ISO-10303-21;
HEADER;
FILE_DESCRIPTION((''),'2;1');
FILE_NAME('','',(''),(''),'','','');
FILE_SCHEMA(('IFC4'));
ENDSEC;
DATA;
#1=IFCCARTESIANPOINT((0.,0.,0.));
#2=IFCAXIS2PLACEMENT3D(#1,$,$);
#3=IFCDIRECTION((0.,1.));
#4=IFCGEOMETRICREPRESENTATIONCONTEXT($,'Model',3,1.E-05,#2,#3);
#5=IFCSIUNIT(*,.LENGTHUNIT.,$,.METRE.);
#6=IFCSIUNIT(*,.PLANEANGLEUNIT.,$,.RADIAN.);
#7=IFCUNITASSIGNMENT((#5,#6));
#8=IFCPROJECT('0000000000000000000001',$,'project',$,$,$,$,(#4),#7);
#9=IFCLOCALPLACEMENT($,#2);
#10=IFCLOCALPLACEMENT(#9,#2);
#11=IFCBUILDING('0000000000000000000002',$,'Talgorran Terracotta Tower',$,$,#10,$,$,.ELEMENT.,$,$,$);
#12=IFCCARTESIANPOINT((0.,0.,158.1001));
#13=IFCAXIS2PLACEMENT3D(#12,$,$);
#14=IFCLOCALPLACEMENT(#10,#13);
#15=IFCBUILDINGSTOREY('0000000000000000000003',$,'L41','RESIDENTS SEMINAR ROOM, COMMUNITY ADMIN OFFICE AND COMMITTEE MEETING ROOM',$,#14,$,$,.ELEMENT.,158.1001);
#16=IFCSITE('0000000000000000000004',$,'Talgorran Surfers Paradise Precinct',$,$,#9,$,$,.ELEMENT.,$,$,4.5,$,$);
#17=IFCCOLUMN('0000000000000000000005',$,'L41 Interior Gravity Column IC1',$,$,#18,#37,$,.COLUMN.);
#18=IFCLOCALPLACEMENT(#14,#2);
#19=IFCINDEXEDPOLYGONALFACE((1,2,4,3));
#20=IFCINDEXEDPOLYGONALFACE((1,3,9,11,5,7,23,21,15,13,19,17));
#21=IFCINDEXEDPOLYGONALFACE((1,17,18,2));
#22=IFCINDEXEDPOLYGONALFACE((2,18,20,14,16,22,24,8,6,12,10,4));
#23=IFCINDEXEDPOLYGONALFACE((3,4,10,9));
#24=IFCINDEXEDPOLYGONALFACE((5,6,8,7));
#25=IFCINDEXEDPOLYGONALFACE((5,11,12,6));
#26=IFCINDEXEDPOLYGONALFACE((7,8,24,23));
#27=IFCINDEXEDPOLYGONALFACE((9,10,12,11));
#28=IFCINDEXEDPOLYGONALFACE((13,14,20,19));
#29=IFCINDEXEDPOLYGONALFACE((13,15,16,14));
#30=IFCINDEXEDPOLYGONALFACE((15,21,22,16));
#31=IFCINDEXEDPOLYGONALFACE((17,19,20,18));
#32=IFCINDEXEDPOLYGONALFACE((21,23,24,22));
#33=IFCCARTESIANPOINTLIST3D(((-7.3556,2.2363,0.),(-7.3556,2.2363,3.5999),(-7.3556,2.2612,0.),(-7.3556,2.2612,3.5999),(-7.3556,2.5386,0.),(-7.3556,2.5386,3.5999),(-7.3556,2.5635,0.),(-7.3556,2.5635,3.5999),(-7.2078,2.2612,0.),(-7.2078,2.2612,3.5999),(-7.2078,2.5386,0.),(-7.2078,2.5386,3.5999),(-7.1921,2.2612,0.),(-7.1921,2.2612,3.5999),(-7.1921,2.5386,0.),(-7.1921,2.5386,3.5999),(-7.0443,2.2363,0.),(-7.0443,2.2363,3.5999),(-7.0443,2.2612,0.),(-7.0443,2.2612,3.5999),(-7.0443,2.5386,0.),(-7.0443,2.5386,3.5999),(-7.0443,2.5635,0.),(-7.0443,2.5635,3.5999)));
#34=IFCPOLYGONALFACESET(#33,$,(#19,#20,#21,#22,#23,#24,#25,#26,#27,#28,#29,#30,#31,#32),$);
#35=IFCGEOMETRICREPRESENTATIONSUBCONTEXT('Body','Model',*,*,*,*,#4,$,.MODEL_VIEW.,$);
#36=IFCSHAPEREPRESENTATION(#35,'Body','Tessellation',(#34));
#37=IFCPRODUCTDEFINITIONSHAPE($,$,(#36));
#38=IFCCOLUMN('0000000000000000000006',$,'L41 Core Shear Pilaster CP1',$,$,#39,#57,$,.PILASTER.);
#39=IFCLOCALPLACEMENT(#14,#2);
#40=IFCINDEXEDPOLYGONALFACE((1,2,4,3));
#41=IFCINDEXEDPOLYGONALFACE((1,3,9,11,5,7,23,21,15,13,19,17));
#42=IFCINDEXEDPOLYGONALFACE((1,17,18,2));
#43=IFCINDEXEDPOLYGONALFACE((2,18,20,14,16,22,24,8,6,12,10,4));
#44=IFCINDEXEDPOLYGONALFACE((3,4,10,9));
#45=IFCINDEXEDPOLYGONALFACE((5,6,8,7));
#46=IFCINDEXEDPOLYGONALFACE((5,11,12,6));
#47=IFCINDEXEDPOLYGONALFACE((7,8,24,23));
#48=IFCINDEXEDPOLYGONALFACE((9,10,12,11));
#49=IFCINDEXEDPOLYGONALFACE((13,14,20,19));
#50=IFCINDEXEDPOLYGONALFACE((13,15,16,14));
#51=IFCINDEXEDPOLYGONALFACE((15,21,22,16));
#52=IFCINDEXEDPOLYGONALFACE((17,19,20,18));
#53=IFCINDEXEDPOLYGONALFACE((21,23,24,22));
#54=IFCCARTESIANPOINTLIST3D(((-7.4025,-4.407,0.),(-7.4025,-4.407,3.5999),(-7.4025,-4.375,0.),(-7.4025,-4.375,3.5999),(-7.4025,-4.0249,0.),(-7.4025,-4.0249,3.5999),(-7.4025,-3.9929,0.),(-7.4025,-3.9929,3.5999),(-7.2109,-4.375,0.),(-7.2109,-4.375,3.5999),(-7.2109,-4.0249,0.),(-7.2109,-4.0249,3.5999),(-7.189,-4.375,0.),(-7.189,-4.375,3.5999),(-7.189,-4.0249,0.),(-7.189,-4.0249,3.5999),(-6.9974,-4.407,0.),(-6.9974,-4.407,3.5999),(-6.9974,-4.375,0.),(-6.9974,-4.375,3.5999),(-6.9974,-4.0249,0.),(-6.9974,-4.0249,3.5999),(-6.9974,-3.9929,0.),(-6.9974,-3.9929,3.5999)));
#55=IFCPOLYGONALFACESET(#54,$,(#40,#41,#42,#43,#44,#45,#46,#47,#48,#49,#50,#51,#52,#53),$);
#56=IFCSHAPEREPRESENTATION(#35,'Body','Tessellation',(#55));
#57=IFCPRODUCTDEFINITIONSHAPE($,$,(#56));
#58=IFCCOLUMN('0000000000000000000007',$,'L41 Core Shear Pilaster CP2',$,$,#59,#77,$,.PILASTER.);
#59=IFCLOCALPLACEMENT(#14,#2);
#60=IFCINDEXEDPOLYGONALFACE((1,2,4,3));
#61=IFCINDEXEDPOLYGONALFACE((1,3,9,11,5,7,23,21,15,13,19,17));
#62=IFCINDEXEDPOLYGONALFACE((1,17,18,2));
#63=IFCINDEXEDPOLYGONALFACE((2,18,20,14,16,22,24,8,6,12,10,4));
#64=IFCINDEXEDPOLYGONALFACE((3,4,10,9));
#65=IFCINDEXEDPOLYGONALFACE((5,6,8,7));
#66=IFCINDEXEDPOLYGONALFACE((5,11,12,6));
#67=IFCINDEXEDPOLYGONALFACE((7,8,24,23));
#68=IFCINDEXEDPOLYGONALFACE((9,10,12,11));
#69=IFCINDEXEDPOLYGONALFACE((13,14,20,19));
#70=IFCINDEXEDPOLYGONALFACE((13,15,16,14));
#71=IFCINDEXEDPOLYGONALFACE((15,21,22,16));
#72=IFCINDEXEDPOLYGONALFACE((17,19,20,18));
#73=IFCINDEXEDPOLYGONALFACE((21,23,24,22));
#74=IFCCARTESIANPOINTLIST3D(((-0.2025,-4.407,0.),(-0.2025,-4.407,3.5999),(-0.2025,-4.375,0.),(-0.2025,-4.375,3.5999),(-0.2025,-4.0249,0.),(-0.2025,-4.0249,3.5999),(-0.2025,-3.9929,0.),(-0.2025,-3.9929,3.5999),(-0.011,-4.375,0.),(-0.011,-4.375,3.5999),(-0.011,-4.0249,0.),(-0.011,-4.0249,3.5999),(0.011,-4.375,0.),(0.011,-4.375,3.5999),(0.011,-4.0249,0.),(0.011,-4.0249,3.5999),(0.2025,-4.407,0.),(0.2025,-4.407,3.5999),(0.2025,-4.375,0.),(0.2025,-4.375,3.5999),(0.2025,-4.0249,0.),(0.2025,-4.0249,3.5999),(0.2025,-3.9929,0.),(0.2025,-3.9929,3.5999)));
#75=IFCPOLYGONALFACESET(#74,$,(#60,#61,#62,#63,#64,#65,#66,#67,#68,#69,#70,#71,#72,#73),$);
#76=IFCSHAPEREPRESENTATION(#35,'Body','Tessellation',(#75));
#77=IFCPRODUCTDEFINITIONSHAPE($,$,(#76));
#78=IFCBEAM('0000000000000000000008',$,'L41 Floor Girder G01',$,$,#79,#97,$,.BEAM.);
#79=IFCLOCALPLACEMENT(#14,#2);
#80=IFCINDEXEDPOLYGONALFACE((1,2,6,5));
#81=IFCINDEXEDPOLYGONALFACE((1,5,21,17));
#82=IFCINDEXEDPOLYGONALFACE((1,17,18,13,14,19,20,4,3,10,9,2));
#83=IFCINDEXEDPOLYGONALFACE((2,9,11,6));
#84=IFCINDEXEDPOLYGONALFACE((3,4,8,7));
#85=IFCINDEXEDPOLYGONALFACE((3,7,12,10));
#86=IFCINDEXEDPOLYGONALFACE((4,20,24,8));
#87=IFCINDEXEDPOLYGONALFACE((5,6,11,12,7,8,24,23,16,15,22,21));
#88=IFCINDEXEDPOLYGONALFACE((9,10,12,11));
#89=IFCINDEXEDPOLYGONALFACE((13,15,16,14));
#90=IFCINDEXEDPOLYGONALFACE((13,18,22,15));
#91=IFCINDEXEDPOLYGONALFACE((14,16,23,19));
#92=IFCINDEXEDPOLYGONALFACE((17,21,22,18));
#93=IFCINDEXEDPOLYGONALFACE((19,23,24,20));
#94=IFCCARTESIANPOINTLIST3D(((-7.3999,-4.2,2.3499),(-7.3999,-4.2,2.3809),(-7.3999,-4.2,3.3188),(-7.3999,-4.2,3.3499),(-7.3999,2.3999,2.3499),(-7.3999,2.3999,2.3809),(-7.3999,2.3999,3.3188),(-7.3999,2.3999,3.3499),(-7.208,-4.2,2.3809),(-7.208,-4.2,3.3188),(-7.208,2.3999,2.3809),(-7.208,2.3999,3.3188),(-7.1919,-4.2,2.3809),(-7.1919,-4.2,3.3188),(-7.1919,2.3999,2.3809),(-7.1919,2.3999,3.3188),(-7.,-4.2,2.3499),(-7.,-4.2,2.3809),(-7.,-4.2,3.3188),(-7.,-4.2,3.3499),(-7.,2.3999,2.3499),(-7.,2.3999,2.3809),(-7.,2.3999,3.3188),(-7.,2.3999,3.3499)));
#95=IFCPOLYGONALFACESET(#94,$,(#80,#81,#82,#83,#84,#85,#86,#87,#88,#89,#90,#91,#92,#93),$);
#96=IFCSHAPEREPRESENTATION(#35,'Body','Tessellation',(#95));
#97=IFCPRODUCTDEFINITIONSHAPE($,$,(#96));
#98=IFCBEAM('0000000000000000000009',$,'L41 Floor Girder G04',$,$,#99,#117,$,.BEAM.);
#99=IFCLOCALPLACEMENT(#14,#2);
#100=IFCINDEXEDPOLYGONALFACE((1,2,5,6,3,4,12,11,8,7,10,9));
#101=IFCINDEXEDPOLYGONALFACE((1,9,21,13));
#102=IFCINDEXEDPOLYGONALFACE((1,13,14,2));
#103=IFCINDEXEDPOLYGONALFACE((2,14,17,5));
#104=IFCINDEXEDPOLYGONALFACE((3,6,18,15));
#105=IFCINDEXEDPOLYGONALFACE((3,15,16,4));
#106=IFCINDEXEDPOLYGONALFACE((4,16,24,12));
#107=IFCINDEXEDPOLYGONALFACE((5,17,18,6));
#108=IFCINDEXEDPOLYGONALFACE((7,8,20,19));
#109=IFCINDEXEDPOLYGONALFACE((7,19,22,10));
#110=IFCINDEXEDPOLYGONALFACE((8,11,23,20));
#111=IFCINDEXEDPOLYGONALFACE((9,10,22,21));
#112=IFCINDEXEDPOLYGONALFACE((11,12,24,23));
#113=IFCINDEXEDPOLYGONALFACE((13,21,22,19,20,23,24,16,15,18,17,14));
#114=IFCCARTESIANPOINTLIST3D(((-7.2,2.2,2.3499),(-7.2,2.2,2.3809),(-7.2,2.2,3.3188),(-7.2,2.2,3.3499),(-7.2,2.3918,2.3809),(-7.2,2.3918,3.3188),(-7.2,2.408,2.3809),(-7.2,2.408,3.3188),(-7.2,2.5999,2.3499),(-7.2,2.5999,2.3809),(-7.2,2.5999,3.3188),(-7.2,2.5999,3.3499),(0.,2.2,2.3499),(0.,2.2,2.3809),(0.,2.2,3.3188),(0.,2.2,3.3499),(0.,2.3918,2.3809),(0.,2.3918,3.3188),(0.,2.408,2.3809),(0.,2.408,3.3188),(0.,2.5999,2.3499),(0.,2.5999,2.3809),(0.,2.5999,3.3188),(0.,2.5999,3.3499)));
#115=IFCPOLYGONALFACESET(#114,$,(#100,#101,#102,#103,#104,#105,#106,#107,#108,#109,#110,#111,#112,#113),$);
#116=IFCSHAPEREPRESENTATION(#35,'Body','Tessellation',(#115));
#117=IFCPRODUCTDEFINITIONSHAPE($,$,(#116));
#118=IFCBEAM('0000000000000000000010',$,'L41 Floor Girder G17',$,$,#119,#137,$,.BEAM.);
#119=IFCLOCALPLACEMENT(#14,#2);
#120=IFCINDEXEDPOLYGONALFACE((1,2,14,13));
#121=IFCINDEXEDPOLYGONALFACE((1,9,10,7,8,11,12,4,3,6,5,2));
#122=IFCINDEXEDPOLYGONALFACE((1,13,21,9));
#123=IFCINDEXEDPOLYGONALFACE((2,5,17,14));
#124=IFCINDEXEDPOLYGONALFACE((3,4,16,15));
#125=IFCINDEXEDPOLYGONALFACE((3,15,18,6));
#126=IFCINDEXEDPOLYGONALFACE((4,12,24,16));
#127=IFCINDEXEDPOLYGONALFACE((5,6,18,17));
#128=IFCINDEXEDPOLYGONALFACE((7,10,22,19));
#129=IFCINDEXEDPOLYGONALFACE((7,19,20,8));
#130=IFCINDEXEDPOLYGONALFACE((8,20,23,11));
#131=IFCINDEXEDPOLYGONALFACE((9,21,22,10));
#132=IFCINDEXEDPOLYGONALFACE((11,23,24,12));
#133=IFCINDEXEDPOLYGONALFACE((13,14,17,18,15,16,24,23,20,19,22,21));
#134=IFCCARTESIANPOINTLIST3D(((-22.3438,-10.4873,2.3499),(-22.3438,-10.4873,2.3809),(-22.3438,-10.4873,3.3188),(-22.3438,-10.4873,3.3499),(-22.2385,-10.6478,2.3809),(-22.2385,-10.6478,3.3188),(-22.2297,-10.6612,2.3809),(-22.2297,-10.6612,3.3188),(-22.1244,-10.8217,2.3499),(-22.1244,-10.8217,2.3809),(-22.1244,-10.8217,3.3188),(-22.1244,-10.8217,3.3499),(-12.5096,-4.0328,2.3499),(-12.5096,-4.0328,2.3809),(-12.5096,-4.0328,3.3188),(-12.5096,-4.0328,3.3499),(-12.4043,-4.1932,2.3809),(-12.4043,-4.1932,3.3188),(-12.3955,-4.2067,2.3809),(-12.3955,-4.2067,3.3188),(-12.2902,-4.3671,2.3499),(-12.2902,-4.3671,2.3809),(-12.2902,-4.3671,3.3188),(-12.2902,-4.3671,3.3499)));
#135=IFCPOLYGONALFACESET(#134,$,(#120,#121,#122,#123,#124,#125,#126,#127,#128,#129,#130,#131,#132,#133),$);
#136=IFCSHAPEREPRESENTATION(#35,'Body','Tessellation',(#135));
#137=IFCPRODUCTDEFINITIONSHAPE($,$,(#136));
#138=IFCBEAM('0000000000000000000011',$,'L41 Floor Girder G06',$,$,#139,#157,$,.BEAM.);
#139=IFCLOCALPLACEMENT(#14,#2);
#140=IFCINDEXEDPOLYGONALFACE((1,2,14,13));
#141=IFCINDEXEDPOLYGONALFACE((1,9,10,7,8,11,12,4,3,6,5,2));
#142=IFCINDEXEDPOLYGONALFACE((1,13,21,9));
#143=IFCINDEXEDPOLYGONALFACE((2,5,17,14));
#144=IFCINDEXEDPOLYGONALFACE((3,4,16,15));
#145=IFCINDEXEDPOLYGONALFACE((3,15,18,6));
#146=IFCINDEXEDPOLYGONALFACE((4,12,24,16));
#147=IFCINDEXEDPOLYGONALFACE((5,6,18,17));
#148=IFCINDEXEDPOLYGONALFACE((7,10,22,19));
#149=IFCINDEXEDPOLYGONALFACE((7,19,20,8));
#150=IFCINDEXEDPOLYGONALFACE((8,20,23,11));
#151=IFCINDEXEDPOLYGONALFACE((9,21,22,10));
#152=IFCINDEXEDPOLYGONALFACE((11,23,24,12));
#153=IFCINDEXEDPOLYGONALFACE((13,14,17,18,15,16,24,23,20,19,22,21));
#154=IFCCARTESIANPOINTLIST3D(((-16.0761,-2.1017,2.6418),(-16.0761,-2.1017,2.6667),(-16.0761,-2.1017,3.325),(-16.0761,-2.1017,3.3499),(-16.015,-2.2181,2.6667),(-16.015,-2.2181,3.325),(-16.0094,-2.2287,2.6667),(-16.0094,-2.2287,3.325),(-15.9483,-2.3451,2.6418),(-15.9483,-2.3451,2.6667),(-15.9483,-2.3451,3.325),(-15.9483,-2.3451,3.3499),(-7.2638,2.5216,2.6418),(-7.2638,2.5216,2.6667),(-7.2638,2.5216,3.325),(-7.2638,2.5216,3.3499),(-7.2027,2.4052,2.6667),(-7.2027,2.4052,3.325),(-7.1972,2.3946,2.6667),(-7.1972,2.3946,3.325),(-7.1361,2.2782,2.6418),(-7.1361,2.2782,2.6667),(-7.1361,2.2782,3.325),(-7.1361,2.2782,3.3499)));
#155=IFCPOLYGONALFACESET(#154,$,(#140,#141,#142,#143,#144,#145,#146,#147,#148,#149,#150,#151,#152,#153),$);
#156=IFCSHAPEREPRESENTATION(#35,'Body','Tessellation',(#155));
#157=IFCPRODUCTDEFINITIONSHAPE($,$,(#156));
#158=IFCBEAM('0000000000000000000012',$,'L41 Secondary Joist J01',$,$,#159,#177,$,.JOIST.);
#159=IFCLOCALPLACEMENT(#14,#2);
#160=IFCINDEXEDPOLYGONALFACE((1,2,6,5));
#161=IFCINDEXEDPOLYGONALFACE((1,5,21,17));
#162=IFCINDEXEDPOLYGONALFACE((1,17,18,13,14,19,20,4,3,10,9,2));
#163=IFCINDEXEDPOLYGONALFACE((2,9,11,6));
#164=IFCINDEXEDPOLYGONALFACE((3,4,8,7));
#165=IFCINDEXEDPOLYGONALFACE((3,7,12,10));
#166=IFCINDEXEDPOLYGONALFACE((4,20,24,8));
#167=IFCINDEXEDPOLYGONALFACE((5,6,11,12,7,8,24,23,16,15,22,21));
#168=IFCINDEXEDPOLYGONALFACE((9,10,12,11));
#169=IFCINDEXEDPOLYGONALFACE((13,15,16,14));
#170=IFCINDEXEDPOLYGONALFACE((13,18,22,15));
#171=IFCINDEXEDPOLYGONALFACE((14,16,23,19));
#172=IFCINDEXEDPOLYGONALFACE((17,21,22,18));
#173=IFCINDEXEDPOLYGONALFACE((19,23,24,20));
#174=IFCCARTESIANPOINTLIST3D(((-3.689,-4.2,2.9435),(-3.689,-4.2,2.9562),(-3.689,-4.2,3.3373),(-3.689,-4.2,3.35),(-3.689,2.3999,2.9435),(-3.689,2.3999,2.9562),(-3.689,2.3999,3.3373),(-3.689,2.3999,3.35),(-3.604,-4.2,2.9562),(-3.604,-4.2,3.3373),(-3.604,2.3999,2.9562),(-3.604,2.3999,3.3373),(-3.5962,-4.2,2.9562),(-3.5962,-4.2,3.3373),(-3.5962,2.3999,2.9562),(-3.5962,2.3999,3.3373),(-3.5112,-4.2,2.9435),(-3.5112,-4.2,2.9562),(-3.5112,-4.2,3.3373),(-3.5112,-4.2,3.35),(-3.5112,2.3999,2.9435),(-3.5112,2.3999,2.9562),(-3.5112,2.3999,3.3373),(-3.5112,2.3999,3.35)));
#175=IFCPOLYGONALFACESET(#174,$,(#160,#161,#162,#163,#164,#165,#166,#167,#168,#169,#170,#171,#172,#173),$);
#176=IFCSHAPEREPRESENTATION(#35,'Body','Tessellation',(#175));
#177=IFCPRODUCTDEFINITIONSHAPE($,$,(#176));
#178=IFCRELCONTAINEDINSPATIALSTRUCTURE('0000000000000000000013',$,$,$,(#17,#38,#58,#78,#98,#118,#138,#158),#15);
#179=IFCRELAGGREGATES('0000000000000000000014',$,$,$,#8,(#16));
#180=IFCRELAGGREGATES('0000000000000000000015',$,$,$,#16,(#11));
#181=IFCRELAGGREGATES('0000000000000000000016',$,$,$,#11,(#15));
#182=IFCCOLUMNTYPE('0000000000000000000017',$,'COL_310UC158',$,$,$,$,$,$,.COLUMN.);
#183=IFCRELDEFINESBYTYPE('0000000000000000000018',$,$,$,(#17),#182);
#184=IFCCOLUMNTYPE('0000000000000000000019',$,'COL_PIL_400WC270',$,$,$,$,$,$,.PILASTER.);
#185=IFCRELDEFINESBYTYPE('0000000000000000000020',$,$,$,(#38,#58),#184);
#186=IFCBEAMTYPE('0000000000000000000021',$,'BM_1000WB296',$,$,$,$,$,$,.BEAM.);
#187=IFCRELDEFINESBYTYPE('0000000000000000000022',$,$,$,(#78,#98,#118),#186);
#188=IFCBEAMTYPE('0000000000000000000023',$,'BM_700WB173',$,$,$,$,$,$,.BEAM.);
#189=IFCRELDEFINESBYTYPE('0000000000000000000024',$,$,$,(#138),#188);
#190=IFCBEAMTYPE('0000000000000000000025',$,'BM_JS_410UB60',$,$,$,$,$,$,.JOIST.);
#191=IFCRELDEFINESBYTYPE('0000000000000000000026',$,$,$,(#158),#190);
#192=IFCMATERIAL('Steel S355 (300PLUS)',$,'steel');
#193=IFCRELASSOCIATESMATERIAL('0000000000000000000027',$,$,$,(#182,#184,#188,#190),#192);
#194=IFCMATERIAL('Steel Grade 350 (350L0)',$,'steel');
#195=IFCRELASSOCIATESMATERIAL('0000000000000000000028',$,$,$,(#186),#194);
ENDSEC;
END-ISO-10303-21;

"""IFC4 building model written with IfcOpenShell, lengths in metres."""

from ifc_helpers import new_model, si_unit, direction, frame, origin, origin_2d, place, context, subcontext, project, spatial, i_section, extrude, material, material_profile, profile_set, type_object, element, save


model = new_model("IFC4")

# Units and contexts
model_context = context("Model", 3, precision=1e-05, world=origin(), true_north=direction((0.0, 1.0)))
body_context = subcontext(model_context, "Body", "Model", "MODEL_VIEW")
ifc_project = project(units=[si_unit("LENGTHUNIT", "METRE"), si_unit("PLANEANGLEUNIT", "RADIAN")], contexts=[model_context])

# Site, building, storey
site_placement = place(None, origin())
site = spatial("IfcSite", under=ifc_project, at=site_placement, Name="Talgorran Surfers Paradise Precinct", CompositionType="ELEMENT", RefElevation=4.5)
building_placement = place(site_placement, origin())
building = spatial("IfcBuilding", under=site, at=building_placement, Name="Talgorran Terracotta Tower", CompositionType="ELEMENT")
storey_placement = place(building_placement, frame((0.0, 0.0, 158.1001)))
storey = spatial("IfcBuildingStorey", under=building, at=storey_placement, Name="L41", Description="RESIDENTS SEMINAR ROOM, COMMUNITY ADMIN OFFICE AND COMMITTEE MEETING ROOM", CompositionType="ELEMENT", Elevation=158.1001)

# Columns
ifc_material_1 = material(Name="Steel S355 (300PLUS)", Category="steel")
ifc_material_profile_1 = material_profile(ifc_material_1, i_section(OverallWidth=0.3113, OverallDepth=0.3271, WebThickness=0.0156, FlangeThickness=0.0249, at=origin_2d()), Name="310UC158")
ifc_profile_set_1 = profile_set([ifc_material_profile_1], Name="Steel S355 (300PLUS)")
column_type_1 = type_object("IfcColumnType", Name="COL_310UC158", PredefinedType="COLUMN", material=ifc_profile_set_1)
column_placement = place(storey_placement, frame((-7.2, 2.3999, 0.0), z_axis=(0.0, 0.0, 1.0), x_axis=(1.0, 0.0, 0.0)))
element("IfcColumn", 1, at=column_placement, inside=storey, type_object=column_type_1, Name="L41 Interior Gravity Column IC1", PredefinedType="COLUMN", context=body_context, shape_type="SweptSolid", body=[
    extrude(i_section(OverallWidth=0.3113, OverallDepth=0.3271, WebThickness=0.0156, FlangeThickness=0.0249, at=origin_2d()), origin(), (0.0, 0.0, 1.0), 3.5999),
])
ifc_material_profile_2 = material_profile(ifc_material_1, i_section(OverallWidth=0.405, OverallDepth=0.4141, WebThickness=0.022, FlangeThickness=0.032, at=origin_2d()), Name="400WC270")
ifc_profile_set_2 = profile_set([ifc_material_profile_2], Name="Steel S355 (300PLUS)")
column_type_2 = type_object("IfcColumnType", Name="COL_PIL_400WC270", PredefinedType="PILASTER", material=ifc_profile_set_2)
for number, where, z_axis, x_axis, name in (
    (2, (-7.2, -4.2, 0.0), (0.0, 0.0, 1.0), (1.0, 0.0, 0.0), "L41 Core Shear Pilaster CP1"),
    (3, (0.0, -4.2, 0.0), (0.0, 0.0, 1.0), (1.0, 0.0, 0.0), "L41 Core Shear Pilaster CP2"),
):
    element("IfcColumn", number, at=place(storey_placement, frame(where, z_axis=z_axis, x_axis=x_axis)), inside=storey, type_object=column_type_2, Name=name, PredefinedType="PILASTER", context=body_context, shape_type="SweptSolid", body=[
        extrude(i_section(OverallWidth=0.405, OverallDepth=0.4141, WebThickness=0.022, FlangeThickness=0.032, at=origin_2d()), origin(), (0.0, 0.0, 1.0), 3.5999),
    ])

# Beams
ifc_material_2 = material(Name="Steel Grade 350 (350L0)", Category="steel")
ifc_material_profile_3 = material_profile(ifc_material_2, i_section(OverallWidth=0.3999, OverallDepth=1.0, WebThickness=0.0161, FlangeThickness=0.031, at=origin_2d()), Name="1000WB296")
ifc_profile_set_3 = profile_set([ifc_material_profile_3], Name="Steel Grade 350 (350L0)")
beam_type_1 = type_object("IfcBeamType", Name="BM_1000WB296", PredefinedType="BEAM", material=ifc_profile_set_3)
beam_1_placement = place(storey_placement, frame((-7.2, -4.2, 2.8499), z_axis=(0.0, 1.0, 0.0), x_axis=(-1.0, 0.0, 0.0)))
element("IfcBeam", 4, at=beam_1_placement, inside=storey, type_object=beam_type_1, Name="L41 Floor Girder G01", PredefinedType="BEAM", context=body_context, shape_type="SweptSolid", body=[
    extrude(i_section(OverallWidth=0.3999, OverallDepth=1.0, WebThickness=0.0161, FlangeThickness=0.031, at=origin_2d()), origin(), (0.0, 0.0, 1.0), 6.5999),
])
beam_2_placement = place(storey_placement, frame((-7.2, 2.3999, 2.8499), z_axis=(1.0, 0.0, 0.0), x_axis=(0.0, 1.0, 0.0)))
element("IfcBeam", 5, at=beam_2_placement, inside=storey, type_object=beam_type_1, Name="L41 Floor Girder G04", PredefinedType="BEAM", context=body_context, shape_type="SweptSolid", body=[
    extrude(i_section(OverallWidth=0.3999, OverallDepth=1.0, WebThickness=0.0161, FlangeThickness=0.031, at=origin_2d()), origin(), (0.0, 0.0, 1.0), 7.2),
])
beam_3_placement = place(storey_placement, frame((-12.3999, -4.2, 2.8499), z_axis=(-0.836014, -0.548709, 0.0), x_axis=(0.548709, -0.836014, 0.0)))
element("IfcBeam", 6, at=beam_3_placement, inside=storey, type_object=beam_type_1, Name="L41 Floor Girder G17", PredefinedType="BEAM", context=body_context, shape_type="SweptSolid", body=[
    extrude(i_section(OverallWidth=0.3999, OverallDepth=1.0, WebThickness=0.0161, FlangeThickness=0.031, at=origin_2d()), origin(), (0.0, 0.0, 1.0), 11.7632),
])
ifc_material_profile_4 = material_profile(ifc_material_1, i_section(OverallWidth=0.2749, OverallDepth=0.708, WebThickness=0.012, FlangeThickness=0.0249, at=origin_2d()), Name="700WB173")
ifc_profile_set_4 = profile_set([ifc_material_profile_4], Name="Steel S355 (300PLUS)")
beam_type_2 = type_object("IfcBeamType", Name="BM_700WB173", PredefinedType="BEAM", material=ifc_profile_set_4)
beam_4_placement = place(storey_placement, frame((-7.2, 2.3999, 2.9958), z_axis=(-0.885528, -0.464586, 0.0), x_axis=(0.464586, -0.885528, 0.0)))
element("IfcBeam", 7, at=beam_4_placement, inside=storey, type_object=beam_type_2, Name="L41 Floor Girder G06", PredefinedType="BEAM", context=body_context, shape_type="SweptSolid", body=[
    extrude(i_section(OverallWidth=0.2749, OverallDepth=0.708, WebThickness=0.012, FlangeThickness=0.0249, at=origin_2d()), origin(), (0.0, 0.0, 1.0), 9.9514),
])
ifc_material_profile_5 = material_profile(ifc_material_1, i_section(OverallWidth=0.1777, OverallDepth=0.4065, WebThickness=0.0078, FlangeThickness=0.0127, at=origin_2d()), Name="410UB59.7")
ifc_profile_set_5 = profile_set([ifc_material_profile_5], Name="Steel S355 (300PLUS)")
beam_type_3 = type_object("IfcBeamType", Name="BM_JS_410UB60", PredefinedType="JOIST", material=ifc_profile_set_5)
beam_5_placement = place(storey_placement, frame((-3.6001, -4.2, 3.1467), z_axis=(0.0, 1.0, 0.0), x_axis=(-1.0, 0.0, 0.0)))
element("IfcBeam", 8, at=beam_5_placement, inside=storey, type_object=beam_type_3, Name="L41 Secondary Joist J01", PredefinedType="JOIST", context=body_context, shape_type="SweptSolid", body=[
    extrude(i_section(OverallWidth=0.1777, OverallDepth=0.4065, WebThickness=0.0078, FlangeThickness=0.0127, at=origin_2d()), origin(), (0.0, 0.0, 1.0), 6.5999),
])

save(model, "model.ifc")
